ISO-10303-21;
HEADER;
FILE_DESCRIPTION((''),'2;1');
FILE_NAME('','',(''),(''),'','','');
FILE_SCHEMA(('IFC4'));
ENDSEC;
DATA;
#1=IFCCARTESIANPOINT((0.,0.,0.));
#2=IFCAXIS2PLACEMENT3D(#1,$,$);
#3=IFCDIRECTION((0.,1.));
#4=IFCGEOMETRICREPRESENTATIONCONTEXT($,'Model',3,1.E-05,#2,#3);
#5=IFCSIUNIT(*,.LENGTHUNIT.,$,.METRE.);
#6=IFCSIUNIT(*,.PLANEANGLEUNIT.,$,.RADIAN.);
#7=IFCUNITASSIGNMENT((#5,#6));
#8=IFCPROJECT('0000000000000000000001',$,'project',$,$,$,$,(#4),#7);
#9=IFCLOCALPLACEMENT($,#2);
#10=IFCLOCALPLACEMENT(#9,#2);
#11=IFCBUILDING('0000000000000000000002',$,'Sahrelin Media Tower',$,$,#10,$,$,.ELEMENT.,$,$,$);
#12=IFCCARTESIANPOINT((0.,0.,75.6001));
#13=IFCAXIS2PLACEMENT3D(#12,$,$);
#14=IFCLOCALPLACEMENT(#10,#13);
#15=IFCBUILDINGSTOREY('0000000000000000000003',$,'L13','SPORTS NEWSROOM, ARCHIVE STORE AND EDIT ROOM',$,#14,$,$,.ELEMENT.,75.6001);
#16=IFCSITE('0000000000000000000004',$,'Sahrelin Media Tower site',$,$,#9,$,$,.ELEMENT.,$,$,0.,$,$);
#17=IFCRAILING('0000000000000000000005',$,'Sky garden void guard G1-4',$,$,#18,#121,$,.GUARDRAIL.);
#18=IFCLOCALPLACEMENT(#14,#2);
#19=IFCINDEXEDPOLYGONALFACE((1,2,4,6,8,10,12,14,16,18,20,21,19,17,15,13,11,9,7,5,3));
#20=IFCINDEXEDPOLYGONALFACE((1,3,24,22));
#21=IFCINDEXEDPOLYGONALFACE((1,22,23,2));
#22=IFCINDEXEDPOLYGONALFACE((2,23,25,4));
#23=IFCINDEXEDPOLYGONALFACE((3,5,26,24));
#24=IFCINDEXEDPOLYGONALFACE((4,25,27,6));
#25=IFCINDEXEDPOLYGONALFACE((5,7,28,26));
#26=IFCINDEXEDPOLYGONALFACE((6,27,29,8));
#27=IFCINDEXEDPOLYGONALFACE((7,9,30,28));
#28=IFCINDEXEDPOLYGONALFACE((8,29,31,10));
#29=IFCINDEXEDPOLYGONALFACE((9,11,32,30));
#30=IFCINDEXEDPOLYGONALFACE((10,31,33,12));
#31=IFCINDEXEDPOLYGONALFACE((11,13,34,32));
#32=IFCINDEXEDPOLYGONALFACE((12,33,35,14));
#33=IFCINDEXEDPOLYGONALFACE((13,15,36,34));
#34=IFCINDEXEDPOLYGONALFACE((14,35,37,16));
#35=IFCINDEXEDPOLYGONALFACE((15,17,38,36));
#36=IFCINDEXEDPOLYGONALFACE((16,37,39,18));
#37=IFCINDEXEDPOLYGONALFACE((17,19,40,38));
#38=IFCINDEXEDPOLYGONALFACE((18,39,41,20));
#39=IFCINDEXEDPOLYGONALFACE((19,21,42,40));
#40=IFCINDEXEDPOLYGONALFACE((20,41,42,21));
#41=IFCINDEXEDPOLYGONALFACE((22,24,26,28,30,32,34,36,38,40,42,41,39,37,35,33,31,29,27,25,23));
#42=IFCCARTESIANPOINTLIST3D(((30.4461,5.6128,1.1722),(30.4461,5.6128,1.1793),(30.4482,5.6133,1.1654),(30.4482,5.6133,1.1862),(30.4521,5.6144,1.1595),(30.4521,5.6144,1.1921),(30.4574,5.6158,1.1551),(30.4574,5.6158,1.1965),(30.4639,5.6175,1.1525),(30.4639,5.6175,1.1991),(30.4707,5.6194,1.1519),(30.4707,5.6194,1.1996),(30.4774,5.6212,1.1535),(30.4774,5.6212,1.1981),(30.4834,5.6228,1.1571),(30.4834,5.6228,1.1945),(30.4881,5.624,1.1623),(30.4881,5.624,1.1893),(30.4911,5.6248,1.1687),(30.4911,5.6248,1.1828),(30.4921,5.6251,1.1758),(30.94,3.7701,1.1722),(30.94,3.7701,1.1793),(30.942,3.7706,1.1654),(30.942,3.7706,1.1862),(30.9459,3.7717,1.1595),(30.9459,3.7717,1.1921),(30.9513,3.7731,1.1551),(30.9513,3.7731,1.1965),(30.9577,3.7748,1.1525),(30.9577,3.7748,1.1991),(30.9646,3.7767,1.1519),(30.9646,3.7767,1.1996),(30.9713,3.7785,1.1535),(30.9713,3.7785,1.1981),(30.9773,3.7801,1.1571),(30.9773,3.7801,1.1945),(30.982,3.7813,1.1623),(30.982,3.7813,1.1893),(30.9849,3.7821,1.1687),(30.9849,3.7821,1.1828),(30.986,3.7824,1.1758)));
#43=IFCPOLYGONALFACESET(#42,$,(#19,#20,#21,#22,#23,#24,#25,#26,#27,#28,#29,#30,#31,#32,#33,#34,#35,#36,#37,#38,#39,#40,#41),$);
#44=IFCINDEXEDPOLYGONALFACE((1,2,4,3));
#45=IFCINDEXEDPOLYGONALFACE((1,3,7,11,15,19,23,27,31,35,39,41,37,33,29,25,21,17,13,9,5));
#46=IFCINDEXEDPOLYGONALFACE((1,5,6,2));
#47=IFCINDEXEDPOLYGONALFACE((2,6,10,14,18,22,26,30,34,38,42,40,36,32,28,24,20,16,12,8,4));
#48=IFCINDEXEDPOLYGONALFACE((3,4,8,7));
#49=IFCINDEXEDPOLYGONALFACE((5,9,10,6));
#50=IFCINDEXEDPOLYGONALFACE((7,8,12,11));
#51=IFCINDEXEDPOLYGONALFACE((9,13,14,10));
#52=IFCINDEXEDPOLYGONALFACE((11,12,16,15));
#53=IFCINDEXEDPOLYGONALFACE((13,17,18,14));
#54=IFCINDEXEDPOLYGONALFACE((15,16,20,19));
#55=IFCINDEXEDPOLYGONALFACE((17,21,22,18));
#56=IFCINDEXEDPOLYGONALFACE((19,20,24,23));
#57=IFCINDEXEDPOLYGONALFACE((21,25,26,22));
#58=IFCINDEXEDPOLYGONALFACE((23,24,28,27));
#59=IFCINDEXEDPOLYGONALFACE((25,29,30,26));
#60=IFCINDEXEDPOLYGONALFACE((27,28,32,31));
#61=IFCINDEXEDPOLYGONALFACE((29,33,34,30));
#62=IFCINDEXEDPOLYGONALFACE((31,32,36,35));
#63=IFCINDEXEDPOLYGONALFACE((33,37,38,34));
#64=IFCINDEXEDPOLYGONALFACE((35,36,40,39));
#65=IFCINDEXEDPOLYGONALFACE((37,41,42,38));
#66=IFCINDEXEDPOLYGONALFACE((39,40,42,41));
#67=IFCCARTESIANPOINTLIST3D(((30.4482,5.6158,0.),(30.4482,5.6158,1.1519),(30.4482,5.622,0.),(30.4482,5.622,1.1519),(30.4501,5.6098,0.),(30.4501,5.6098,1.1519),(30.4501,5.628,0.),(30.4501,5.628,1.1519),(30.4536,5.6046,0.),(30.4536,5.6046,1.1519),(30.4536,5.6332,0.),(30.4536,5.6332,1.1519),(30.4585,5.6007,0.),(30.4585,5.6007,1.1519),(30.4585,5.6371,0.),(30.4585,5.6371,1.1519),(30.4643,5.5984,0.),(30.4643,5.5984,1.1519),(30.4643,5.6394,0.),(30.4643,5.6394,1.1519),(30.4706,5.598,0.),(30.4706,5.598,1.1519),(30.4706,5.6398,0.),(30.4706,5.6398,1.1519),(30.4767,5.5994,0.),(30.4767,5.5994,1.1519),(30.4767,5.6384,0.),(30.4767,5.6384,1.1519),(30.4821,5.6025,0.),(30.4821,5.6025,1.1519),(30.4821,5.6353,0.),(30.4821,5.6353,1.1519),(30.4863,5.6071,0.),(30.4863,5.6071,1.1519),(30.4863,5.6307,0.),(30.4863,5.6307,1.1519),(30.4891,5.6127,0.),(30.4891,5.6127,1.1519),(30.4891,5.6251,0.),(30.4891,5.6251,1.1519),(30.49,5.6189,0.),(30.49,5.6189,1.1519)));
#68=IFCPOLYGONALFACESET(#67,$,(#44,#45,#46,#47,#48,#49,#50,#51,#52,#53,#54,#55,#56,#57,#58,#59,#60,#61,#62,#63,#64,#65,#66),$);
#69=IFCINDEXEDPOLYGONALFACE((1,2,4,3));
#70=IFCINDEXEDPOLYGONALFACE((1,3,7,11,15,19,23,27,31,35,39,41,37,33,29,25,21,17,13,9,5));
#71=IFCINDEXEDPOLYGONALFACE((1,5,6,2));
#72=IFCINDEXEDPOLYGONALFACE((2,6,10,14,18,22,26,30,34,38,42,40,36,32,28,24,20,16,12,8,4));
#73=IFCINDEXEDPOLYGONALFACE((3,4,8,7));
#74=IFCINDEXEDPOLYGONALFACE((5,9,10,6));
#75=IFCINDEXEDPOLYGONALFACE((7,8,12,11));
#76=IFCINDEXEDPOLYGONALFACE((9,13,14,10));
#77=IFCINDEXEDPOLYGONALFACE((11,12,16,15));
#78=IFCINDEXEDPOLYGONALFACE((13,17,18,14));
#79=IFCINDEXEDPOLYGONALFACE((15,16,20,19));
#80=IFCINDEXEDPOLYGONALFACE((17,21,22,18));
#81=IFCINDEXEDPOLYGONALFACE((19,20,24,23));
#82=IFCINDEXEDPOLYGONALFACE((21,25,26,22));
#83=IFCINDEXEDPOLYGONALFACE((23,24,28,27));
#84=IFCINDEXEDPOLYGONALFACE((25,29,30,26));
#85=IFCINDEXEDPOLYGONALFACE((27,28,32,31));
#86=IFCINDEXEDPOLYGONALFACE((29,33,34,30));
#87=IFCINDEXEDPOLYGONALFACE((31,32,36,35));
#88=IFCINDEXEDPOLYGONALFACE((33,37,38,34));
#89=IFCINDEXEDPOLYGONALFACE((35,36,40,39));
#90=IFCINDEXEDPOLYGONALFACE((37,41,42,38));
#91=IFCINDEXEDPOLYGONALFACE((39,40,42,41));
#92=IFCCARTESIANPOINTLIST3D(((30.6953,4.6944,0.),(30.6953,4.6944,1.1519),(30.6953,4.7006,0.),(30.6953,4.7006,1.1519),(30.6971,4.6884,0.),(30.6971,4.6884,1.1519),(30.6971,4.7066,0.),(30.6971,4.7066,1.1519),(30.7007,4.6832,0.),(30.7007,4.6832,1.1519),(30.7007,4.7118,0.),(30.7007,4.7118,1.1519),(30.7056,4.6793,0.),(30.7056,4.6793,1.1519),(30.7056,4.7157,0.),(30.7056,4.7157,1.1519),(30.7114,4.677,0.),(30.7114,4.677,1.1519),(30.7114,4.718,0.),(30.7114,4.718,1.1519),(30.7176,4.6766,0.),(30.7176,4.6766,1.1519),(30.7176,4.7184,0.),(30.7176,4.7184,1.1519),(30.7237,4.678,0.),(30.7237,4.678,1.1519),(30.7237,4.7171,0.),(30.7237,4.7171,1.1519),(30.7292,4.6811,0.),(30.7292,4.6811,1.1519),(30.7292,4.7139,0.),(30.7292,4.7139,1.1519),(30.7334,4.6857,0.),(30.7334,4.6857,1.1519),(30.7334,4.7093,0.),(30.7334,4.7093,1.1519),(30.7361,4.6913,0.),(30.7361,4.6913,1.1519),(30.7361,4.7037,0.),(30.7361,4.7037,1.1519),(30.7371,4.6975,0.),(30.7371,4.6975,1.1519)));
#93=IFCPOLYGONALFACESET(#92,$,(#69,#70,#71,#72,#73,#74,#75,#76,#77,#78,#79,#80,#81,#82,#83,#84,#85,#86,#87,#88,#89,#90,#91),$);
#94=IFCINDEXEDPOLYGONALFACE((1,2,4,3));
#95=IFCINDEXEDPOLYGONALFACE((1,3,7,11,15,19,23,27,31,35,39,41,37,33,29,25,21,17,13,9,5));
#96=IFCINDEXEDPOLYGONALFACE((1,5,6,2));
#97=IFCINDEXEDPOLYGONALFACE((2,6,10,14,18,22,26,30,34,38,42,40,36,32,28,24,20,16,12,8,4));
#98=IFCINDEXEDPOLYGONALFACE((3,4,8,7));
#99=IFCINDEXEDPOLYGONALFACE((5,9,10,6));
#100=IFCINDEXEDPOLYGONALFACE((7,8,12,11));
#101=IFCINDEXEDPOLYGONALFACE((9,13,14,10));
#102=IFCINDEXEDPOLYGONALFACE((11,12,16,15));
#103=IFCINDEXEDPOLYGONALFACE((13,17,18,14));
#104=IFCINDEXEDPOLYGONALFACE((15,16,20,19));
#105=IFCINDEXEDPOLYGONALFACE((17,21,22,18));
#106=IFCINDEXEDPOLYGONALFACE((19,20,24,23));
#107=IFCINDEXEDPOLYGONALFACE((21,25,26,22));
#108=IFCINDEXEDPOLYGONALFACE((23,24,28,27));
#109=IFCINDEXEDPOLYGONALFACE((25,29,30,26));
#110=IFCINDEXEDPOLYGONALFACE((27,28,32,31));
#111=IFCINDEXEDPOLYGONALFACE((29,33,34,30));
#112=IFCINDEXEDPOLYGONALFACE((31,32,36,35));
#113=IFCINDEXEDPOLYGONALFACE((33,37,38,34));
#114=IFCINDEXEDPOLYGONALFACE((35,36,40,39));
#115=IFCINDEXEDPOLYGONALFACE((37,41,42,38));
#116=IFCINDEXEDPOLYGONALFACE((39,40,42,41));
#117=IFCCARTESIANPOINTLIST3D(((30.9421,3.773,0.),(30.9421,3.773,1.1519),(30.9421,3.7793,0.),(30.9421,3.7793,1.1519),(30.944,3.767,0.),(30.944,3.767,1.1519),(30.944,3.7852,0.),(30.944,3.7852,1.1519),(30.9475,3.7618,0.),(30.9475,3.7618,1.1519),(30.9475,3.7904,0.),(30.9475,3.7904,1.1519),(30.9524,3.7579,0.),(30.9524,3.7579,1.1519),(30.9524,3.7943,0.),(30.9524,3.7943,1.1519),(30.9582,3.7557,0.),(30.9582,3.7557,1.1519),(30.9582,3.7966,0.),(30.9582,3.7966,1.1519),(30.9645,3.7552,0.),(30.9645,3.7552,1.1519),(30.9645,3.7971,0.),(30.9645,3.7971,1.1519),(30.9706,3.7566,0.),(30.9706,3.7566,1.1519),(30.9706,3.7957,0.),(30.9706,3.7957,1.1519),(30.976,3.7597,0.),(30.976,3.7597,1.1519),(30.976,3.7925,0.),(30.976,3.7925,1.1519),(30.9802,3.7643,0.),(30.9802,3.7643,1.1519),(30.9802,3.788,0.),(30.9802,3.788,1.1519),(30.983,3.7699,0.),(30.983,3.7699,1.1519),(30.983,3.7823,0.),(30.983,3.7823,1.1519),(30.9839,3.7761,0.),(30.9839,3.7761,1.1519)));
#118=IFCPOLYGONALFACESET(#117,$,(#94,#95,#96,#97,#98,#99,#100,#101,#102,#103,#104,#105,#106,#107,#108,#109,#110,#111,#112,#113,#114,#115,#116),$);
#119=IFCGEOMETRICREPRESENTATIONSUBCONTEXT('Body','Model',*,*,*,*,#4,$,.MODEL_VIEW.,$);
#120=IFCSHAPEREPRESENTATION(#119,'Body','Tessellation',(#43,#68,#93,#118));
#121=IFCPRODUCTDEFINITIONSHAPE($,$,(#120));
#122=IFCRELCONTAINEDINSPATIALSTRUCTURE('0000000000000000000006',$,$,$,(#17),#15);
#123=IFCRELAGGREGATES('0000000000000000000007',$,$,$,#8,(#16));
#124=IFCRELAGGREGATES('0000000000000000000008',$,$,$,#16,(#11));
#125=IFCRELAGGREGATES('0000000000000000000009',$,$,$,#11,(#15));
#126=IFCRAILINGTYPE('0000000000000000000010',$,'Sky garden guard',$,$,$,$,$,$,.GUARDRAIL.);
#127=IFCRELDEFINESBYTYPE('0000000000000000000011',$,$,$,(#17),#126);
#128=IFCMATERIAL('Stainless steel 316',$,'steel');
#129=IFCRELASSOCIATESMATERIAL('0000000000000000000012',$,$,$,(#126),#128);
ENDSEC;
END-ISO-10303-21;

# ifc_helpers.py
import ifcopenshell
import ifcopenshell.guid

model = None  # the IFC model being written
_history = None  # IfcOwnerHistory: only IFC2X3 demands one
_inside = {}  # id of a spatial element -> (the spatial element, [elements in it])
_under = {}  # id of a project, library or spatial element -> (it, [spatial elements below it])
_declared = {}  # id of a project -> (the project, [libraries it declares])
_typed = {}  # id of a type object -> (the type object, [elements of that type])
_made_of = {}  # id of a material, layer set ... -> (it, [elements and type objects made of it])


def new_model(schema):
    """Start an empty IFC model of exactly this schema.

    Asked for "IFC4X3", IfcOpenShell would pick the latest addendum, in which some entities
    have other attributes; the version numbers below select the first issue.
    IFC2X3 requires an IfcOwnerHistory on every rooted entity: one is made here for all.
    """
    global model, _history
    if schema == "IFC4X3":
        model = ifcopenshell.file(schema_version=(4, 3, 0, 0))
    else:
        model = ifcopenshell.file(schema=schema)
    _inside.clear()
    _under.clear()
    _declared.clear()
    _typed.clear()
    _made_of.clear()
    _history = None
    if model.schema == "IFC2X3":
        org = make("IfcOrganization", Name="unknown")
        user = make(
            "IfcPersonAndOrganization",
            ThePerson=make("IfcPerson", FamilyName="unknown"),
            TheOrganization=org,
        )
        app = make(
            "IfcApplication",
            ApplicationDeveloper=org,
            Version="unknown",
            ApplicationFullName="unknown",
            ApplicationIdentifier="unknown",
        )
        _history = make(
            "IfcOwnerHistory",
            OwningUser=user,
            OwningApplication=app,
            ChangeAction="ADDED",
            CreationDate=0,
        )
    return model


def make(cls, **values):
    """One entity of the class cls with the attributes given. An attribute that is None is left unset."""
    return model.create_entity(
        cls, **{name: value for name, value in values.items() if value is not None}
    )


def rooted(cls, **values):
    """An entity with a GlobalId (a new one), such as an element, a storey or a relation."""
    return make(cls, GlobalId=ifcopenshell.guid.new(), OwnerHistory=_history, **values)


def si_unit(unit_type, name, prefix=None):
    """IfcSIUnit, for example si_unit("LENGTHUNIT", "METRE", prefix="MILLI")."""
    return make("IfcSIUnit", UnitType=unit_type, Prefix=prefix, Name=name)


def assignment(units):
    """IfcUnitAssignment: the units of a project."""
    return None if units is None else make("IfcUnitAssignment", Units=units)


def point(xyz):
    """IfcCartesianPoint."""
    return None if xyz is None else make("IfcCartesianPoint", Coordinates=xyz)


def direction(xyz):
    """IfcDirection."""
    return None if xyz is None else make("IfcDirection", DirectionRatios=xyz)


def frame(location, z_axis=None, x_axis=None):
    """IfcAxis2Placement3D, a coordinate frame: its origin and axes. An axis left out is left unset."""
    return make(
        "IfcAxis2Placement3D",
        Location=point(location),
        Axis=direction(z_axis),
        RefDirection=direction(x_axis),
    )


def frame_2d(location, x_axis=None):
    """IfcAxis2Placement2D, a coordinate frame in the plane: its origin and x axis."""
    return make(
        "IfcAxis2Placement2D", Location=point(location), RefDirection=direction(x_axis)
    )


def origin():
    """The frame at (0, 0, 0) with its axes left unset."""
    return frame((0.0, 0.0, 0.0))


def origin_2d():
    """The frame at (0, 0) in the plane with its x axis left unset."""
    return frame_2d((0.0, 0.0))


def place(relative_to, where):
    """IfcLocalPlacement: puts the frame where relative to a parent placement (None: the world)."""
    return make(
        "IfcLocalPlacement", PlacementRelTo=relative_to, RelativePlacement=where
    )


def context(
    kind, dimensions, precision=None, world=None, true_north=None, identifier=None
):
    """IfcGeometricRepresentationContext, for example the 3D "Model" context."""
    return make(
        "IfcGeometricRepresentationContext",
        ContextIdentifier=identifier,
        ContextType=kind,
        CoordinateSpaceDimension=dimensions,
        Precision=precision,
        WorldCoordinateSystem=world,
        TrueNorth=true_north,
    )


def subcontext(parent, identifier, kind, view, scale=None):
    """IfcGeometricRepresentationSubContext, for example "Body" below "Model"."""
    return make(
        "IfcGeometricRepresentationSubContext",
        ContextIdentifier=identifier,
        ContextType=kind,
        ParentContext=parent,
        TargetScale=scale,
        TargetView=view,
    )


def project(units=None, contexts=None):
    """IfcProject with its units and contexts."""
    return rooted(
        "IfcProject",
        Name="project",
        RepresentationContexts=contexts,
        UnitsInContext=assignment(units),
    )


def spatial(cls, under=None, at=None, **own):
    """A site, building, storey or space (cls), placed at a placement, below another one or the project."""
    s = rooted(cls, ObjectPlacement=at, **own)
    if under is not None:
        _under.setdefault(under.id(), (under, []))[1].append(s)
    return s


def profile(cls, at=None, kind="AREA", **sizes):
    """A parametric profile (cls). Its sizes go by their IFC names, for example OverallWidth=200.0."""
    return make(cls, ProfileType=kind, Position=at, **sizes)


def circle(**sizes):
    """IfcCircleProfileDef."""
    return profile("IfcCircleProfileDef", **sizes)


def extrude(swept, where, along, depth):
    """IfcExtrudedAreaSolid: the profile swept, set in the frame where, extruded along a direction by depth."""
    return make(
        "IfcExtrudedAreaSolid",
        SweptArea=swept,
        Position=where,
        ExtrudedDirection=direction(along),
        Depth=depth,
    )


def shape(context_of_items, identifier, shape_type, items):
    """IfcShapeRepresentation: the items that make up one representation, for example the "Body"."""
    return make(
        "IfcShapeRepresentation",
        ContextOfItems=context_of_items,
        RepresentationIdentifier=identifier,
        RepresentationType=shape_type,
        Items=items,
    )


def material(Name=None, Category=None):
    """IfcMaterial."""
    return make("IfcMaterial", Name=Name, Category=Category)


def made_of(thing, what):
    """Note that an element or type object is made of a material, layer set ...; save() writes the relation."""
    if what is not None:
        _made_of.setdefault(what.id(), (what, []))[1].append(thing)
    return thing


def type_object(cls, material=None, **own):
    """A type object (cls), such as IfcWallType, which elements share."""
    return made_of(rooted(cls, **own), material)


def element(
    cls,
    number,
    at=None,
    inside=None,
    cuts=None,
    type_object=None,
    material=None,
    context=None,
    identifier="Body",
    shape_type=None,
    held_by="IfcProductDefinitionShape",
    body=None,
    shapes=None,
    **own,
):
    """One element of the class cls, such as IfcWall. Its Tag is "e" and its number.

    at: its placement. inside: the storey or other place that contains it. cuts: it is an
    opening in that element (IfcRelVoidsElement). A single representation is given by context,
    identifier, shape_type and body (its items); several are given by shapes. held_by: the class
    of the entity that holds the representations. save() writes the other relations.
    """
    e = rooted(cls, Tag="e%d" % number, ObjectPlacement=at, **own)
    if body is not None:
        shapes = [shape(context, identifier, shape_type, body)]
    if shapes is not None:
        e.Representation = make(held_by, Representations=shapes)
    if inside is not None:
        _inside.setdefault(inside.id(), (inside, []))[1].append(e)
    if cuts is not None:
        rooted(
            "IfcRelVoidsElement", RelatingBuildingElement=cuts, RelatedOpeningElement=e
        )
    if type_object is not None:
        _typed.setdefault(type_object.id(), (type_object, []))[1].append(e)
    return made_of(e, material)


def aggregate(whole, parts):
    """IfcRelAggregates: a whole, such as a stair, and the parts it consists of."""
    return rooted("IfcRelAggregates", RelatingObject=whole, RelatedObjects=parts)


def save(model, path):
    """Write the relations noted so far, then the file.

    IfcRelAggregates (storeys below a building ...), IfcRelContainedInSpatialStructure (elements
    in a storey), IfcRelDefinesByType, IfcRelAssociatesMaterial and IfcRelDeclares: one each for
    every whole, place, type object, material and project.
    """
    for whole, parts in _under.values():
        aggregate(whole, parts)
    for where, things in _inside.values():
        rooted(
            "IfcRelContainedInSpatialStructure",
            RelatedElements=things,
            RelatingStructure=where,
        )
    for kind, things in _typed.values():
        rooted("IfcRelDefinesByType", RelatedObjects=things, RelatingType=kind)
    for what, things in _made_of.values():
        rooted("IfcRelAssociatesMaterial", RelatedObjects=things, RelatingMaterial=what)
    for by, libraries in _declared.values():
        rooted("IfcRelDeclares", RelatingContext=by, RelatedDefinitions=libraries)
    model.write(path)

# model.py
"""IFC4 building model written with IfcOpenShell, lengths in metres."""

from ifc_helpers import new_model, si_unit, direction, frame, origin, origin_2d, place, context, subcontext, project, spatial, circle, extrude, material, type_object, element, save


model = new_model("IFC4")

# Units and contexts
model_context = context("Model", 3, precision=1e-05, world=origin(), true_north=direction((0.0, 1.0)))
body_context = subcontext(model_context, "Body", "Model", "MODEL_VIEW")
ifc_project = project(units=[si_unit("LENGTHUNIT", "METRE"), si_unit("PLANEANGLEUNIT", "RADIAN")], contexts=[model_context])

# Site, building, storey
site_placement = place(None, origin())
site = spatial("IfcSite", under=ifc_project, at=site_placement, Name="Sahrelin Media Tower site", CompositionType="ELEMENT", RefElevation=0.0)
building_placement = place(site_placement, origin())
building = spatial("IfcBuilding", under=site, at=building_placement, Name="Sahrelin Media Tower", CompositionType="ELEMENT")
storey_placement = place(building_placement, frame((0.0, 0.0, 75.6001)))
storey = spatial("IfcBuildingStorey", under=building, at=storey_placement, Name="L13", Description="SPORTS NEWSROOM, ARCHIVE STORE AND EDIT ROOM", CompositionType="ELEMENT", Elevation=75.6001)

# Railing
ifc_material_1 = material(Name="Stainless steel 316", Category="steel")
railing_type = type_object("IfcRailingType", Name="Sky garden guard", PredefinedType="GUARDRAIL", material=ifc_material_1)
railing_1_placement = place(storey_placement, frame((30.469, 5.6189, 0.0)))
element("IfcRailing", 1, at=railing_1_placement, inside=storey, type_object=railing_type, Name="Sky garden void guard G1-4", PredefinedType="GUARDRAIL", context=body_context, shape_type="SweptSolid", body=[
    extrude(circle(Radius=0.0239, at=origin_2d()), frame((0.0, 0.0, 1.1758), z_axis=(0.258881, -0.965909, 0.0), x_axis=(0.965909, 0.258881, 0.0)), (0.0, 0.0, 1.0), 1.9077),
    extrude(circle(Radius=0.021, at=origin_2d()), origin(), (0.0, 0.0, 1.0), 1.1519),
    extrude(circle(Radius=0.021, at=origin_2d()), frame((0.2471, -0.9214, 0.0)), (0.0, 0.0, 1.0), 1.1519),
    extrude(circle(Radius=0.021, at=origin_2d()), frame((0.4939, -1.8428, 0.0)), (0.0, 0.0, 1.0), 1.1519),
])

save(model, "model.ifc")
